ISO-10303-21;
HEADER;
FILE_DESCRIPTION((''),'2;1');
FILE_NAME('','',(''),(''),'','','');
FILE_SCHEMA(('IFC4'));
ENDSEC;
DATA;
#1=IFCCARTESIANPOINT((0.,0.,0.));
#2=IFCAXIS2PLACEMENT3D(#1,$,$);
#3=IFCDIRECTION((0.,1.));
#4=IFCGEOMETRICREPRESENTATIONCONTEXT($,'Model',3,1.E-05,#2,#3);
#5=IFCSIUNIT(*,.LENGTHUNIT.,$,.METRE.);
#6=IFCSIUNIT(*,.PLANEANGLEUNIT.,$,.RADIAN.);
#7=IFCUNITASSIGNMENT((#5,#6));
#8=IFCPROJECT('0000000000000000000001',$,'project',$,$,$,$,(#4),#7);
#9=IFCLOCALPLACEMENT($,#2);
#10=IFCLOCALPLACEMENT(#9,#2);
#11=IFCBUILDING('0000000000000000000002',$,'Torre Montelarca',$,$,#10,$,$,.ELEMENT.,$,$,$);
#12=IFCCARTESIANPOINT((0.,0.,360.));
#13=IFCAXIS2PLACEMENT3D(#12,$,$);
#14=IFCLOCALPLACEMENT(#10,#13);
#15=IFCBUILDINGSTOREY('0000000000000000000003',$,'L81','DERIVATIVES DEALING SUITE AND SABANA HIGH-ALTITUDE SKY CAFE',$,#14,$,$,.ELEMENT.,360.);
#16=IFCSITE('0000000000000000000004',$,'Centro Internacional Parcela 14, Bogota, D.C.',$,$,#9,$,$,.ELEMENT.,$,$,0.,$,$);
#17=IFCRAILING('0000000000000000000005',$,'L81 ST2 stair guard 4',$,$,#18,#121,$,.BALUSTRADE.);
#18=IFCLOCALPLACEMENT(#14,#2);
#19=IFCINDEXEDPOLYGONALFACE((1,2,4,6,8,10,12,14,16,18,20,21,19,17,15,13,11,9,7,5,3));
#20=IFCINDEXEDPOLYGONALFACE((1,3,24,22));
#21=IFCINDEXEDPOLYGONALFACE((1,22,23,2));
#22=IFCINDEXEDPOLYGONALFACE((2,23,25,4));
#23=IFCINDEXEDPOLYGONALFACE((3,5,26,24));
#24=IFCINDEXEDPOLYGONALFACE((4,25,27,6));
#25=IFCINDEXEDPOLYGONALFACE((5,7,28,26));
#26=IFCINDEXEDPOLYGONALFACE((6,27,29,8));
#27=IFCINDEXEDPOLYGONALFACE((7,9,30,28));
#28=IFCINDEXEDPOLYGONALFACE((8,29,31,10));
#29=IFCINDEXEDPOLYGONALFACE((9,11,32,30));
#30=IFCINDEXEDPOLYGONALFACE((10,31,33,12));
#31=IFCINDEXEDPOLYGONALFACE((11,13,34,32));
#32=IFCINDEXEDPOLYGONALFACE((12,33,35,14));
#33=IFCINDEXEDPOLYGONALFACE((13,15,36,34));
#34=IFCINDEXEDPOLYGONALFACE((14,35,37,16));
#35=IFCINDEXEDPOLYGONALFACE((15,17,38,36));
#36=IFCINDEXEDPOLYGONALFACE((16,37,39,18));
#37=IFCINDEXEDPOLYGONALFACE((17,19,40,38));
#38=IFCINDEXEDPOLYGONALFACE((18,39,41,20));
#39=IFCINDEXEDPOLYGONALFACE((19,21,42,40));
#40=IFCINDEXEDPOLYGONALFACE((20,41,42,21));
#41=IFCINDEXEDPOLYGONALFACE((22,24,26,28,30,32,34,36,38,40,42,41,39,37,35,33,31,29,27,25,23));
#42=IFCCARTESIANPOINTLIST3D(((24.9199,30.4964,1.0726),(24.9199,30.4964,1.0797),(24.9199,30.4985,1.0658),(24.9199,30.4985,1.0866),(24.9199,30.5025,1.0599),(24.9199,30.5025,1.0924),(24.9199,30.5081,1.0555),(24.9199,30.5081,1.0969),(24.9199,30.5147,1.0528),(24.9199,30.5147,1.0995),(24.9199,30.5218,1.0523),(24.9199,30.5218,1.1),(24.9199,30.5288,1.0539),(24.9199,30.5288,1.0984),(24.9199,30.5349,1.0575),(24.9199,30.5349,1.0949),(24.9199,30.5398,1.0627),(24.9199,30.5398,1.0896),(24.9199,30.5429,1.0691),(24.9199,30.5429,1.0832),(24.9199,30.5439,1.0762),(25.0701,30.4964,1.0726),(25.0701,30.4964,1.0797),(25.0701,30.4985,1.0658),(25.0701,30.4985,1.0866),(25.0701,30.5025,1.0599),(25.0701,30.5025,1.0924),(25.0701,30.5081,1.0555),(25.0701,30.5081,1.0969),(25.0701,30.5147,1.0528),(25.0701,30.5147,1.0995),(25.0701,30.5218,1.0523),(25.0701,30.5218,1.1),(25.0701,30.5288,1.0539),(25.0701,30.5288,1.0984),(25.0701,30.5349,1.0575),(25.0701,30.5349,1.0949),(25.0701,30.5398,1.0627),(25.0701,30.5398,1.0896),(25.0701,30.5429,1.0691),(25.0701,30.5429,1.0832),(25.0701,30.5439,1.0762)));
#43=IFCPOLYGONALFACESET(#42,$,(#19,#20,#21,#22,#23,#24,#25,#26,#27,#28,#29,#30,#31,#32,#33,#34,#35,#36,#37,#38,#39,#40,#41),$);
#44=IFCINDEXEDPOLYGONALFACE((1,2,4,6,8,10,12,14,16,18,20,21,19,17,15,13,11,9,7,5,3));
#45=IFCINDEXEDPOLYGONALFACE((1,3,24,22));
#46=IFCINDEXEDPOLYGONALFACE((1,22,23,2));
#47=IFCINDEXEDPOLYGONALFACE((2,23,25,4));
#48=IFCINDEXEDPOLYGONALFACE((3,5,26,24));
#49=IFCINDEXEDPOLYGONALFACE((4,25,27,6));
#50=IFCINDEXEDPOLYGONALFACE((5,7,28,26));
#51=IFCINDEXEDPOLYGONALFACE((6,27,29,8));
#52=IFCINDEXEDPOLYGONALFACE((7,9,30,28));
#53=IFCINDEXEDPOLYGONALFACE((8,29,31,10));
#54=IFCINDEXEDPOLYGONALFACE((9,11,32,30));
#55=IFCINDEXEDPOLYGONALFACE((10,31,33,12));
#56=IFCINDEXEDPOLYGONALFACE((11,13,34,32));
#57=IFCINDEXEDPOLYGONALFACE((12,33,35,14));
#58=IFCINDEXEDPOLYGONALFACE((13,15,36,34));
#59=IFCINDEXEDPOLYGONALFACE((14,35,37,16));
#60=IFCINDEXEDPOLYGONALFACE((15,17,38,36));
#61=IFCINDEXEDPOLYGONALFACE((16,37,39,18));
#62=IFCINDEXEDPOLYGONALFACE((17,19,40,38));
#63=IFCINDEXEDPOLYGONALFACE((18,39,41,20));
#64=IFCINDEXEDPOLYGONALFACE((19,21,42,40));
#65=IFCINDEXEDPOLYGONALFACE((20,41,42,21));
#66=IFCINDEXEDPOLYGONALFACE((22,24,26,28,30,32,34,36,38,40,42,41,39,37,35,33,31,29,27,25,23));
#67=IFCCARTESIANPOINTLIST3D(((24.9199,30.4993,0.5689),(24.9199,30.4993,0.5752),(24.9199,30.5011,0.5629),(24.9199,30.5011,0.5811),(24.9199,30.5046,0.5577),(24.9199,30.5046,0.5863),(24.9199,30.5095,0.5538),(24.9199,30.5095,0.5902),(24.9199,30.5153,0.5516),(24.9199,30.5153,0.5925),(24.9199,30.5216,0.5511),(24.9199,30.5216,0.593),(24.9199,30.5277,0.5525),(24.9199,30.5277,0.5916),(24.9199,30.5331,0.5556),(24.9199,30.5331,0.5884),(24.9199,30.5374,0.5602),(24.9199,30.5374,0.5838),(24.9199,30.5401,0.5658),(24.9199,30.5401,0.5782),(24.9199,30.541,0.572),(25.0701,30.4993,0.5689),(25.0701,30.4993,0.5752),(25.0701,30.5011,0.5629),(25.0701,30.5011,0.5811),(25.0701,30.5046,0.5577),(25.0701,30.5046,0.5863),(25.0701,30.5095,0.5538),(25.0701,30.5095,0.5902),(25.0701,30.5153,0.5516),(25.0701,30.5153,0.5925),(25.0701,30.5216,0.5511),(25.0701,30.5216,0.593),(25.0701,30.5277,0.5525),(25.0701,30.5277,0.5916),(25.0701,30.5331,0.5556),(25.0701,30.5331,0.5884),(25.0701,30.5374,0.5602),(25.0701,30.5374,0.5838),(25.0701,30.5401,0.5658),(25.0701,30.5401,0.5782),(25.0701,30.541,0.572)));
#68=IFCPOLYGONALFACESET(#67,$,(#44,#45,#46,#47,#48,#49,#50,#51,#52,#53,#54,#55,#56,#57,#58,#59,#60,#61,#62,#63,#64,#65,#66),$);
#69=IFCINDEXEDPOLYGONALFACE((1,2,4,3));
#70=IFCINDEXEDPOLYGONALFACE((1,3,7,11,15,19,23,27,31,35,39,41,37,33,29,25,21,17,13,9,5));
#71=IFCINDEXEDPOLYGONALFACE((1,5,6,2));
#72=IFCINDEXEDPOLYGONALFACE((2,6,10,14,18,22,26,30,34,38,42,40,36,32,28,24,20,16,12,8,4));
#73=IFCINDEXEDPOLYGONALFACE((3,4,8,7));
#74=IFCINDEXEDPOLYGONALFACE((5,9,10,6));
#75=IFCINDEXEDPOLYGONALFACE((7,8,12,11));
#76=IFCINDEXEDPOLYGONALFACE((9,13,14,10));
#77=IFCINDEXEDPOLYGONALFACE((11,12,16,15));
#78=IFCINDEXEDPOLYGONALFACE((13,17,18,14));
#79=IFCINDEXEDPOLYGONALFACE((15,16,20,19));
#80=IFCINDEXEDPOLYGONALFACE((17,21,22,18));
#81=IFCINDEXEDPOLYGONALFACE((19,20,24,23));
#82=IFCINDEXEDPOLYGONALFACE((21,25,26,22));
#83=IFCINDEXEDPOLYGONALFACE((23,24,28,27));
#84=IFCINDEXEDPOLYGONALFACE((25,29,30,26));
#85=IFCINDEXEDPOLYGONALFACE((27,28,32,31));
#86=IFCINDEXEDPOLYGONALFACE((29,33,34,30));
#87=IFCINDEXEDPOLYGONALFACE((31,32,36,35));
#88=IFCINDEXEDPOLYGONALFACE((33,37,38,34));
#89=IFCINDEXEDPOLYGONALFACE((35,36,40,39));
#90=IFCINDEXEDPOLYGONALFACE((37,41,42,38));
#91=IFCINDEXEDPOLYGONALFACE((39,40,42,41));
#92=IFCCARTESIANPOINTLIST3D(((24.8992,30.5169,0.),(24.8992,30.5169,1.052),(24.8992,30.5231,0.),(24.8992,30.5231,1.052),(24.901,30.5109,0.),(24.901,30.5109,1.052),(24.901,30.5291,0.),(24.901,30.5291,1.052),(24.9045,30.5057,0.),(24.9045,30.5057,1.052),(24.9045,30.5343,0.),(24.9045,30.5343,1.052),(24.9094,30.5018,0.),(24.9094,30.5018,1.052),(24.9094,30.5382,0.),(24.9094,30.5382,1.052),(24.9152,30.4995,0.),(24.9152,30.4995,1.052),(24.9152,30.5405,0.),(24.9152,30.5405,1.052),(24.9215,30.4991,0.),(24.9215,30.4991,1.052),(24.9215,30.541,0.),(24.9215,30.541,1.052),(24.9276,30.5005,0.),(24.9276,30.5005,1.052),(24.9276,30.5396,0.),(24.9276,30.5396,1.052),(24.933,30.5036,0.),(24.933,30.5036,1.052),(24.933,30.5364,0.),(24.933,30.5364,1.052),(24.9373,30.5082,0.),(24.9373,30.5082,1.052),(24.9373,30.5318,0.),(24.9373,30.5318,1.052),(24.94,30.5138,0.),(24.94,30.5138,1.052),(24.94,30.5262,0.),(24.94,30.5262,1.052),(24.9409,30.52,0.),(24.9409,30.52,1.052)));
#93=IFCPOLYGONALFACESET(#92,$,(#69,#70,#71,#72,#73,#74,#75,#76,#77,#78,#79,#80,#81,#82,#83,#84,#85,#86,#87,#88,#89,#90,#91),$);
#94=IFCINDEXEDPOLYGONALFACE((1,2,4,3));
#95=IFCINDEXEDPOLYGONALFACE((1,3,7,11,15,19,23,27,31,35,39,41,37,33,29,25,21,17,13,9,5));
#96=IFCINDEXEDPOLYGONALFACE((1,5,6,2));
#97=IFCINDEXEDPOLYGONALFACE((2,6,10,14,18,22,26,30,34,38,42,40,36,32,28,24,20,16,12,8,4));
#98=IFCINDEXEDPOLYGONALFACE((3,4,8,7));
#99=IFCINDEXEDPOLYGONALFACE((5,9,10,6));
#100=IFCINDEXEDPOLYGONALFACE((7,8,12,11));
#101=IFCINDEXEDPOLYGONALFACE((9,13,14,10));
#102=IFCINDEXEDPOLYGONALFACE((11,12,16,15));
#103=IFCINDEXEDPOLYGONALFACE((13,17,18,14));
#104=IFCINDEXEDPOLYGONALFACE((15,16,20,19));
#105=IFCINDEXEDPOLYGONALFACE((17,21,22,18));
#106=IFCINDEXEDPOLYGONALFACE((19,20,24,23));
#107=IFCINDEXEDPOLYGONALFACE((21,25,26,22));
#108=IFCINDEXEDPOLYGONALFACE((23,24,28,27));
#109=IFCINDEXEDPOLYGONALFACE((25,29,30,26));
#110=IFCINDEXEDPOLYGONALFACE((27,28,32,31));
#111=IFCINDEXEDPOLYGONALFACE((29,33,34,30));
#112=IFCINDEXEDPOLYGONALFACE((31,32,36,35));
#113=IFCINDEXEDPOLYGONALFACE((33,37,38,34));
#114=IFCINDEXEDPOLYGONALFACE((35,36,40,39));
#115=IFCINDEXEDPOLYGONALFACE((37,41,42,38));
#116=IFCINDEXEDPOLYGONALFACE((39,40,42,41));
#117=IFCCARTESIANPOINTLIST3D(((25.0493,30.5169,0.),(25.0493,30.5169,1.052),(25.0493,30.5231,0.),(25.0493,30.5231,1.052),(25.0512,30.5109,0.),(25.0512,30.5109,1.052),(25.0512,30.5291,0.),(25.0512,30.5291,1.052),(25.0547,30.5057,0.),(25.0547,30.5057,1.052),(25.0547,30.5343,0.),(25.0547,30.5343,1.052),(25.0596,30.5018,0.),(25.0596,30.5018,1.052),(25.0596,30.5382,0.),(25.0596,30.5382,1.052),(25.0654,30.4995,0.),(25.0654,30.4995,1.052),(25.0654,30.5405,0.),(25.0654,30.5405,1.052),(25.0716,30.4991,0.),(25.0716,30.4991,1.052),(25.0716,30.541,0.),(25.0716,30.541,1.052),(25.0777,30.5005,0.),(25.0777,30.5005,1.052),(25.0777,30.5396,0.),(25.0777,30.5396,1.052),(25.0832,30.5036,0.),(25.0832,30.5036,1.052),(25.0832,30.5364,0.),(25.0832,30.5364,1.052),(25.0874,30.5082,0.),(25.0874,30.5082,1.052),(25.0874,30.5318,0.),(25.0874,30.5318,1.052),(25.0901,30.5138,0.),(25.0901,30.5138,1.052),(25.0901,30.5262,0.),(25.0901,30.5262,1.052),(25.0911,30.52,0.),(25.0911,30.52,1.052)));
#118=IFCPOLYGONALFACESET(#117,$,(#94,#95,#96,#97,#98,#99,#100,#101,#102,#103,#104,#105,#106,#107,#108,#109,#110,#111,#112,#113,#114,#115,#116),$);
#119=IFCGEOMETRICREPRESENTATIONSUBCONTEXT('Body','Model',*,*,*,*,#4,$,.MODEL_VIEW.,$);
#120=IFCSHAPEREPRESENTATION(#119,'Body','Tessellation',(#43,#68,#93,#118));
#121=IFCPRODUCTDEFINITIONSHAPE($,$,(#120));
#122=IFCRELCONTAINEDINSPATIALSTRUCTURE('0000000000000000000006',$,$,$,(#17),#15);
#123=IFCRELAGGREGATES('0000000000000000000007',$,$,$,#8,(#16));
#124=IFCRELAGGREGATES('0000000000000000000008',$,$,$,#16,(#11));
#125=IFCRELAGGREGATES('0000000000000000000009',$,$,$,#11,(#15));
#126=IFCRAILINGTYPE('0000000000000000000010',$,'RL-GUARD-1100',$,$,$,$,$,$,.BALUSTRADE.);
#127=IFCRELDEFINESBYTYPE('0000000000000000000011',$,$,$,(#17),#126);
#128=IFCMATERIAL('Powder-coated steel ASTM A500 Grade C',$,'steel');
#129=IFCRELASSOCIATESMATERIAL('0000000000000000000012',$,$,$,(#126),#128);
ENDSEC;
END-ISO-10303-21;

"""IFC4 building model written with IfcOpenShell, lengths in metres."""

from ifc_helpers import new_model, si_unit, direction, frame, origin, origin_2d, place, context, subcontext, project, spatial, circle, extrude, material, type_object, element, save


model = new_model("IFC4")

# Units and contexts
model_context = context("Model", 3, precision=1e-05, world=origin(), true_north=direction((0.0, 1.0)))
body_context = subcontext(model_context, "Body", "Model", "MODEL_VIEW")
ifc_project = project(units=[si_unit("LENGTHUNIT", "METRE"), si_unit("PLANEANGLEUNIT", "RADIAN")], contexts=[model_context])

# Site, building, storey
site_placement = place(None, origin())
site = spatial("IfcSite", under=ifc_project, at=site_placement, Name="Centro Internacional Parcela 14, Bogota, D.C.", CompositionType="ELEMENT", RefElevation=0.0)
building_placement = place(site_placement, origin())
building = spatial("IfcBuilding", under=site, at=building_placement, Name="Torre Montelarca", CompositionType="ELEMENT")
storey_placement = place(building_placement, frame((0.0, 0.0, 360.0)))
storey = spatial("IfcBuildingStorey", under=building, at=storey_placement, Name="L81", Description="DERIVATIVES DEALING SUITE AND SABANA HIGH-ALTITUDE SKY CAFE", CompositionType="ELEMENT", Elevation=360.0)

# Railing
ifc_material_1 = material(Name="Powder-coated steel ASTM A500 Grade C", Category="steel")
railing_type_1 = type_object("IfcRailingType", Name="RL-GUARD-1100", PredefinedType="BALUSTRADE", material=ifc_material_1)
railing_1_placement = place(storey_placement, frame((24.9199, 30.52, 0.0)))
element("IfcRailing", 1, at=railing_1_placement, inside=storey, type_object=railing_type_1, Name="L81 ST2 stair guard 4", PredefinedType="BALUSTRADE", context=body_context, shape_type="SweptSolid", body=[
    extrude(circle(Radius=0.0239, at=origin_2d()), frame((0.0, 0.0, 1.0762), z_axis=(1.0, 0.0, 0.0), x_axis=(0.0, 1.0, 0.0)), (0.0, 0.0, 1.0), 0.1501),
    extrude(circle(Radius=0.021, at=origin_2d()), frame((0.0, 0.0, 0.572), z_axis=(1.0, 0.0, 0.0), x_axis=(0.0, 1.0, 0.0)), (0.0, 0.0, 1.0), 0.1501),
    extrude(circle(Radius=0.021, at=origin_2d()), origin(), (0.0, 0.0, 1.0), 1.052),
    extrude(circle(Radius=0.021, at=origin_2d()), frame((0.1501, 0.0, 0.0)), (0.0, 0.0, 1.0), 1.052),
])

save(model, "model.ifc")
